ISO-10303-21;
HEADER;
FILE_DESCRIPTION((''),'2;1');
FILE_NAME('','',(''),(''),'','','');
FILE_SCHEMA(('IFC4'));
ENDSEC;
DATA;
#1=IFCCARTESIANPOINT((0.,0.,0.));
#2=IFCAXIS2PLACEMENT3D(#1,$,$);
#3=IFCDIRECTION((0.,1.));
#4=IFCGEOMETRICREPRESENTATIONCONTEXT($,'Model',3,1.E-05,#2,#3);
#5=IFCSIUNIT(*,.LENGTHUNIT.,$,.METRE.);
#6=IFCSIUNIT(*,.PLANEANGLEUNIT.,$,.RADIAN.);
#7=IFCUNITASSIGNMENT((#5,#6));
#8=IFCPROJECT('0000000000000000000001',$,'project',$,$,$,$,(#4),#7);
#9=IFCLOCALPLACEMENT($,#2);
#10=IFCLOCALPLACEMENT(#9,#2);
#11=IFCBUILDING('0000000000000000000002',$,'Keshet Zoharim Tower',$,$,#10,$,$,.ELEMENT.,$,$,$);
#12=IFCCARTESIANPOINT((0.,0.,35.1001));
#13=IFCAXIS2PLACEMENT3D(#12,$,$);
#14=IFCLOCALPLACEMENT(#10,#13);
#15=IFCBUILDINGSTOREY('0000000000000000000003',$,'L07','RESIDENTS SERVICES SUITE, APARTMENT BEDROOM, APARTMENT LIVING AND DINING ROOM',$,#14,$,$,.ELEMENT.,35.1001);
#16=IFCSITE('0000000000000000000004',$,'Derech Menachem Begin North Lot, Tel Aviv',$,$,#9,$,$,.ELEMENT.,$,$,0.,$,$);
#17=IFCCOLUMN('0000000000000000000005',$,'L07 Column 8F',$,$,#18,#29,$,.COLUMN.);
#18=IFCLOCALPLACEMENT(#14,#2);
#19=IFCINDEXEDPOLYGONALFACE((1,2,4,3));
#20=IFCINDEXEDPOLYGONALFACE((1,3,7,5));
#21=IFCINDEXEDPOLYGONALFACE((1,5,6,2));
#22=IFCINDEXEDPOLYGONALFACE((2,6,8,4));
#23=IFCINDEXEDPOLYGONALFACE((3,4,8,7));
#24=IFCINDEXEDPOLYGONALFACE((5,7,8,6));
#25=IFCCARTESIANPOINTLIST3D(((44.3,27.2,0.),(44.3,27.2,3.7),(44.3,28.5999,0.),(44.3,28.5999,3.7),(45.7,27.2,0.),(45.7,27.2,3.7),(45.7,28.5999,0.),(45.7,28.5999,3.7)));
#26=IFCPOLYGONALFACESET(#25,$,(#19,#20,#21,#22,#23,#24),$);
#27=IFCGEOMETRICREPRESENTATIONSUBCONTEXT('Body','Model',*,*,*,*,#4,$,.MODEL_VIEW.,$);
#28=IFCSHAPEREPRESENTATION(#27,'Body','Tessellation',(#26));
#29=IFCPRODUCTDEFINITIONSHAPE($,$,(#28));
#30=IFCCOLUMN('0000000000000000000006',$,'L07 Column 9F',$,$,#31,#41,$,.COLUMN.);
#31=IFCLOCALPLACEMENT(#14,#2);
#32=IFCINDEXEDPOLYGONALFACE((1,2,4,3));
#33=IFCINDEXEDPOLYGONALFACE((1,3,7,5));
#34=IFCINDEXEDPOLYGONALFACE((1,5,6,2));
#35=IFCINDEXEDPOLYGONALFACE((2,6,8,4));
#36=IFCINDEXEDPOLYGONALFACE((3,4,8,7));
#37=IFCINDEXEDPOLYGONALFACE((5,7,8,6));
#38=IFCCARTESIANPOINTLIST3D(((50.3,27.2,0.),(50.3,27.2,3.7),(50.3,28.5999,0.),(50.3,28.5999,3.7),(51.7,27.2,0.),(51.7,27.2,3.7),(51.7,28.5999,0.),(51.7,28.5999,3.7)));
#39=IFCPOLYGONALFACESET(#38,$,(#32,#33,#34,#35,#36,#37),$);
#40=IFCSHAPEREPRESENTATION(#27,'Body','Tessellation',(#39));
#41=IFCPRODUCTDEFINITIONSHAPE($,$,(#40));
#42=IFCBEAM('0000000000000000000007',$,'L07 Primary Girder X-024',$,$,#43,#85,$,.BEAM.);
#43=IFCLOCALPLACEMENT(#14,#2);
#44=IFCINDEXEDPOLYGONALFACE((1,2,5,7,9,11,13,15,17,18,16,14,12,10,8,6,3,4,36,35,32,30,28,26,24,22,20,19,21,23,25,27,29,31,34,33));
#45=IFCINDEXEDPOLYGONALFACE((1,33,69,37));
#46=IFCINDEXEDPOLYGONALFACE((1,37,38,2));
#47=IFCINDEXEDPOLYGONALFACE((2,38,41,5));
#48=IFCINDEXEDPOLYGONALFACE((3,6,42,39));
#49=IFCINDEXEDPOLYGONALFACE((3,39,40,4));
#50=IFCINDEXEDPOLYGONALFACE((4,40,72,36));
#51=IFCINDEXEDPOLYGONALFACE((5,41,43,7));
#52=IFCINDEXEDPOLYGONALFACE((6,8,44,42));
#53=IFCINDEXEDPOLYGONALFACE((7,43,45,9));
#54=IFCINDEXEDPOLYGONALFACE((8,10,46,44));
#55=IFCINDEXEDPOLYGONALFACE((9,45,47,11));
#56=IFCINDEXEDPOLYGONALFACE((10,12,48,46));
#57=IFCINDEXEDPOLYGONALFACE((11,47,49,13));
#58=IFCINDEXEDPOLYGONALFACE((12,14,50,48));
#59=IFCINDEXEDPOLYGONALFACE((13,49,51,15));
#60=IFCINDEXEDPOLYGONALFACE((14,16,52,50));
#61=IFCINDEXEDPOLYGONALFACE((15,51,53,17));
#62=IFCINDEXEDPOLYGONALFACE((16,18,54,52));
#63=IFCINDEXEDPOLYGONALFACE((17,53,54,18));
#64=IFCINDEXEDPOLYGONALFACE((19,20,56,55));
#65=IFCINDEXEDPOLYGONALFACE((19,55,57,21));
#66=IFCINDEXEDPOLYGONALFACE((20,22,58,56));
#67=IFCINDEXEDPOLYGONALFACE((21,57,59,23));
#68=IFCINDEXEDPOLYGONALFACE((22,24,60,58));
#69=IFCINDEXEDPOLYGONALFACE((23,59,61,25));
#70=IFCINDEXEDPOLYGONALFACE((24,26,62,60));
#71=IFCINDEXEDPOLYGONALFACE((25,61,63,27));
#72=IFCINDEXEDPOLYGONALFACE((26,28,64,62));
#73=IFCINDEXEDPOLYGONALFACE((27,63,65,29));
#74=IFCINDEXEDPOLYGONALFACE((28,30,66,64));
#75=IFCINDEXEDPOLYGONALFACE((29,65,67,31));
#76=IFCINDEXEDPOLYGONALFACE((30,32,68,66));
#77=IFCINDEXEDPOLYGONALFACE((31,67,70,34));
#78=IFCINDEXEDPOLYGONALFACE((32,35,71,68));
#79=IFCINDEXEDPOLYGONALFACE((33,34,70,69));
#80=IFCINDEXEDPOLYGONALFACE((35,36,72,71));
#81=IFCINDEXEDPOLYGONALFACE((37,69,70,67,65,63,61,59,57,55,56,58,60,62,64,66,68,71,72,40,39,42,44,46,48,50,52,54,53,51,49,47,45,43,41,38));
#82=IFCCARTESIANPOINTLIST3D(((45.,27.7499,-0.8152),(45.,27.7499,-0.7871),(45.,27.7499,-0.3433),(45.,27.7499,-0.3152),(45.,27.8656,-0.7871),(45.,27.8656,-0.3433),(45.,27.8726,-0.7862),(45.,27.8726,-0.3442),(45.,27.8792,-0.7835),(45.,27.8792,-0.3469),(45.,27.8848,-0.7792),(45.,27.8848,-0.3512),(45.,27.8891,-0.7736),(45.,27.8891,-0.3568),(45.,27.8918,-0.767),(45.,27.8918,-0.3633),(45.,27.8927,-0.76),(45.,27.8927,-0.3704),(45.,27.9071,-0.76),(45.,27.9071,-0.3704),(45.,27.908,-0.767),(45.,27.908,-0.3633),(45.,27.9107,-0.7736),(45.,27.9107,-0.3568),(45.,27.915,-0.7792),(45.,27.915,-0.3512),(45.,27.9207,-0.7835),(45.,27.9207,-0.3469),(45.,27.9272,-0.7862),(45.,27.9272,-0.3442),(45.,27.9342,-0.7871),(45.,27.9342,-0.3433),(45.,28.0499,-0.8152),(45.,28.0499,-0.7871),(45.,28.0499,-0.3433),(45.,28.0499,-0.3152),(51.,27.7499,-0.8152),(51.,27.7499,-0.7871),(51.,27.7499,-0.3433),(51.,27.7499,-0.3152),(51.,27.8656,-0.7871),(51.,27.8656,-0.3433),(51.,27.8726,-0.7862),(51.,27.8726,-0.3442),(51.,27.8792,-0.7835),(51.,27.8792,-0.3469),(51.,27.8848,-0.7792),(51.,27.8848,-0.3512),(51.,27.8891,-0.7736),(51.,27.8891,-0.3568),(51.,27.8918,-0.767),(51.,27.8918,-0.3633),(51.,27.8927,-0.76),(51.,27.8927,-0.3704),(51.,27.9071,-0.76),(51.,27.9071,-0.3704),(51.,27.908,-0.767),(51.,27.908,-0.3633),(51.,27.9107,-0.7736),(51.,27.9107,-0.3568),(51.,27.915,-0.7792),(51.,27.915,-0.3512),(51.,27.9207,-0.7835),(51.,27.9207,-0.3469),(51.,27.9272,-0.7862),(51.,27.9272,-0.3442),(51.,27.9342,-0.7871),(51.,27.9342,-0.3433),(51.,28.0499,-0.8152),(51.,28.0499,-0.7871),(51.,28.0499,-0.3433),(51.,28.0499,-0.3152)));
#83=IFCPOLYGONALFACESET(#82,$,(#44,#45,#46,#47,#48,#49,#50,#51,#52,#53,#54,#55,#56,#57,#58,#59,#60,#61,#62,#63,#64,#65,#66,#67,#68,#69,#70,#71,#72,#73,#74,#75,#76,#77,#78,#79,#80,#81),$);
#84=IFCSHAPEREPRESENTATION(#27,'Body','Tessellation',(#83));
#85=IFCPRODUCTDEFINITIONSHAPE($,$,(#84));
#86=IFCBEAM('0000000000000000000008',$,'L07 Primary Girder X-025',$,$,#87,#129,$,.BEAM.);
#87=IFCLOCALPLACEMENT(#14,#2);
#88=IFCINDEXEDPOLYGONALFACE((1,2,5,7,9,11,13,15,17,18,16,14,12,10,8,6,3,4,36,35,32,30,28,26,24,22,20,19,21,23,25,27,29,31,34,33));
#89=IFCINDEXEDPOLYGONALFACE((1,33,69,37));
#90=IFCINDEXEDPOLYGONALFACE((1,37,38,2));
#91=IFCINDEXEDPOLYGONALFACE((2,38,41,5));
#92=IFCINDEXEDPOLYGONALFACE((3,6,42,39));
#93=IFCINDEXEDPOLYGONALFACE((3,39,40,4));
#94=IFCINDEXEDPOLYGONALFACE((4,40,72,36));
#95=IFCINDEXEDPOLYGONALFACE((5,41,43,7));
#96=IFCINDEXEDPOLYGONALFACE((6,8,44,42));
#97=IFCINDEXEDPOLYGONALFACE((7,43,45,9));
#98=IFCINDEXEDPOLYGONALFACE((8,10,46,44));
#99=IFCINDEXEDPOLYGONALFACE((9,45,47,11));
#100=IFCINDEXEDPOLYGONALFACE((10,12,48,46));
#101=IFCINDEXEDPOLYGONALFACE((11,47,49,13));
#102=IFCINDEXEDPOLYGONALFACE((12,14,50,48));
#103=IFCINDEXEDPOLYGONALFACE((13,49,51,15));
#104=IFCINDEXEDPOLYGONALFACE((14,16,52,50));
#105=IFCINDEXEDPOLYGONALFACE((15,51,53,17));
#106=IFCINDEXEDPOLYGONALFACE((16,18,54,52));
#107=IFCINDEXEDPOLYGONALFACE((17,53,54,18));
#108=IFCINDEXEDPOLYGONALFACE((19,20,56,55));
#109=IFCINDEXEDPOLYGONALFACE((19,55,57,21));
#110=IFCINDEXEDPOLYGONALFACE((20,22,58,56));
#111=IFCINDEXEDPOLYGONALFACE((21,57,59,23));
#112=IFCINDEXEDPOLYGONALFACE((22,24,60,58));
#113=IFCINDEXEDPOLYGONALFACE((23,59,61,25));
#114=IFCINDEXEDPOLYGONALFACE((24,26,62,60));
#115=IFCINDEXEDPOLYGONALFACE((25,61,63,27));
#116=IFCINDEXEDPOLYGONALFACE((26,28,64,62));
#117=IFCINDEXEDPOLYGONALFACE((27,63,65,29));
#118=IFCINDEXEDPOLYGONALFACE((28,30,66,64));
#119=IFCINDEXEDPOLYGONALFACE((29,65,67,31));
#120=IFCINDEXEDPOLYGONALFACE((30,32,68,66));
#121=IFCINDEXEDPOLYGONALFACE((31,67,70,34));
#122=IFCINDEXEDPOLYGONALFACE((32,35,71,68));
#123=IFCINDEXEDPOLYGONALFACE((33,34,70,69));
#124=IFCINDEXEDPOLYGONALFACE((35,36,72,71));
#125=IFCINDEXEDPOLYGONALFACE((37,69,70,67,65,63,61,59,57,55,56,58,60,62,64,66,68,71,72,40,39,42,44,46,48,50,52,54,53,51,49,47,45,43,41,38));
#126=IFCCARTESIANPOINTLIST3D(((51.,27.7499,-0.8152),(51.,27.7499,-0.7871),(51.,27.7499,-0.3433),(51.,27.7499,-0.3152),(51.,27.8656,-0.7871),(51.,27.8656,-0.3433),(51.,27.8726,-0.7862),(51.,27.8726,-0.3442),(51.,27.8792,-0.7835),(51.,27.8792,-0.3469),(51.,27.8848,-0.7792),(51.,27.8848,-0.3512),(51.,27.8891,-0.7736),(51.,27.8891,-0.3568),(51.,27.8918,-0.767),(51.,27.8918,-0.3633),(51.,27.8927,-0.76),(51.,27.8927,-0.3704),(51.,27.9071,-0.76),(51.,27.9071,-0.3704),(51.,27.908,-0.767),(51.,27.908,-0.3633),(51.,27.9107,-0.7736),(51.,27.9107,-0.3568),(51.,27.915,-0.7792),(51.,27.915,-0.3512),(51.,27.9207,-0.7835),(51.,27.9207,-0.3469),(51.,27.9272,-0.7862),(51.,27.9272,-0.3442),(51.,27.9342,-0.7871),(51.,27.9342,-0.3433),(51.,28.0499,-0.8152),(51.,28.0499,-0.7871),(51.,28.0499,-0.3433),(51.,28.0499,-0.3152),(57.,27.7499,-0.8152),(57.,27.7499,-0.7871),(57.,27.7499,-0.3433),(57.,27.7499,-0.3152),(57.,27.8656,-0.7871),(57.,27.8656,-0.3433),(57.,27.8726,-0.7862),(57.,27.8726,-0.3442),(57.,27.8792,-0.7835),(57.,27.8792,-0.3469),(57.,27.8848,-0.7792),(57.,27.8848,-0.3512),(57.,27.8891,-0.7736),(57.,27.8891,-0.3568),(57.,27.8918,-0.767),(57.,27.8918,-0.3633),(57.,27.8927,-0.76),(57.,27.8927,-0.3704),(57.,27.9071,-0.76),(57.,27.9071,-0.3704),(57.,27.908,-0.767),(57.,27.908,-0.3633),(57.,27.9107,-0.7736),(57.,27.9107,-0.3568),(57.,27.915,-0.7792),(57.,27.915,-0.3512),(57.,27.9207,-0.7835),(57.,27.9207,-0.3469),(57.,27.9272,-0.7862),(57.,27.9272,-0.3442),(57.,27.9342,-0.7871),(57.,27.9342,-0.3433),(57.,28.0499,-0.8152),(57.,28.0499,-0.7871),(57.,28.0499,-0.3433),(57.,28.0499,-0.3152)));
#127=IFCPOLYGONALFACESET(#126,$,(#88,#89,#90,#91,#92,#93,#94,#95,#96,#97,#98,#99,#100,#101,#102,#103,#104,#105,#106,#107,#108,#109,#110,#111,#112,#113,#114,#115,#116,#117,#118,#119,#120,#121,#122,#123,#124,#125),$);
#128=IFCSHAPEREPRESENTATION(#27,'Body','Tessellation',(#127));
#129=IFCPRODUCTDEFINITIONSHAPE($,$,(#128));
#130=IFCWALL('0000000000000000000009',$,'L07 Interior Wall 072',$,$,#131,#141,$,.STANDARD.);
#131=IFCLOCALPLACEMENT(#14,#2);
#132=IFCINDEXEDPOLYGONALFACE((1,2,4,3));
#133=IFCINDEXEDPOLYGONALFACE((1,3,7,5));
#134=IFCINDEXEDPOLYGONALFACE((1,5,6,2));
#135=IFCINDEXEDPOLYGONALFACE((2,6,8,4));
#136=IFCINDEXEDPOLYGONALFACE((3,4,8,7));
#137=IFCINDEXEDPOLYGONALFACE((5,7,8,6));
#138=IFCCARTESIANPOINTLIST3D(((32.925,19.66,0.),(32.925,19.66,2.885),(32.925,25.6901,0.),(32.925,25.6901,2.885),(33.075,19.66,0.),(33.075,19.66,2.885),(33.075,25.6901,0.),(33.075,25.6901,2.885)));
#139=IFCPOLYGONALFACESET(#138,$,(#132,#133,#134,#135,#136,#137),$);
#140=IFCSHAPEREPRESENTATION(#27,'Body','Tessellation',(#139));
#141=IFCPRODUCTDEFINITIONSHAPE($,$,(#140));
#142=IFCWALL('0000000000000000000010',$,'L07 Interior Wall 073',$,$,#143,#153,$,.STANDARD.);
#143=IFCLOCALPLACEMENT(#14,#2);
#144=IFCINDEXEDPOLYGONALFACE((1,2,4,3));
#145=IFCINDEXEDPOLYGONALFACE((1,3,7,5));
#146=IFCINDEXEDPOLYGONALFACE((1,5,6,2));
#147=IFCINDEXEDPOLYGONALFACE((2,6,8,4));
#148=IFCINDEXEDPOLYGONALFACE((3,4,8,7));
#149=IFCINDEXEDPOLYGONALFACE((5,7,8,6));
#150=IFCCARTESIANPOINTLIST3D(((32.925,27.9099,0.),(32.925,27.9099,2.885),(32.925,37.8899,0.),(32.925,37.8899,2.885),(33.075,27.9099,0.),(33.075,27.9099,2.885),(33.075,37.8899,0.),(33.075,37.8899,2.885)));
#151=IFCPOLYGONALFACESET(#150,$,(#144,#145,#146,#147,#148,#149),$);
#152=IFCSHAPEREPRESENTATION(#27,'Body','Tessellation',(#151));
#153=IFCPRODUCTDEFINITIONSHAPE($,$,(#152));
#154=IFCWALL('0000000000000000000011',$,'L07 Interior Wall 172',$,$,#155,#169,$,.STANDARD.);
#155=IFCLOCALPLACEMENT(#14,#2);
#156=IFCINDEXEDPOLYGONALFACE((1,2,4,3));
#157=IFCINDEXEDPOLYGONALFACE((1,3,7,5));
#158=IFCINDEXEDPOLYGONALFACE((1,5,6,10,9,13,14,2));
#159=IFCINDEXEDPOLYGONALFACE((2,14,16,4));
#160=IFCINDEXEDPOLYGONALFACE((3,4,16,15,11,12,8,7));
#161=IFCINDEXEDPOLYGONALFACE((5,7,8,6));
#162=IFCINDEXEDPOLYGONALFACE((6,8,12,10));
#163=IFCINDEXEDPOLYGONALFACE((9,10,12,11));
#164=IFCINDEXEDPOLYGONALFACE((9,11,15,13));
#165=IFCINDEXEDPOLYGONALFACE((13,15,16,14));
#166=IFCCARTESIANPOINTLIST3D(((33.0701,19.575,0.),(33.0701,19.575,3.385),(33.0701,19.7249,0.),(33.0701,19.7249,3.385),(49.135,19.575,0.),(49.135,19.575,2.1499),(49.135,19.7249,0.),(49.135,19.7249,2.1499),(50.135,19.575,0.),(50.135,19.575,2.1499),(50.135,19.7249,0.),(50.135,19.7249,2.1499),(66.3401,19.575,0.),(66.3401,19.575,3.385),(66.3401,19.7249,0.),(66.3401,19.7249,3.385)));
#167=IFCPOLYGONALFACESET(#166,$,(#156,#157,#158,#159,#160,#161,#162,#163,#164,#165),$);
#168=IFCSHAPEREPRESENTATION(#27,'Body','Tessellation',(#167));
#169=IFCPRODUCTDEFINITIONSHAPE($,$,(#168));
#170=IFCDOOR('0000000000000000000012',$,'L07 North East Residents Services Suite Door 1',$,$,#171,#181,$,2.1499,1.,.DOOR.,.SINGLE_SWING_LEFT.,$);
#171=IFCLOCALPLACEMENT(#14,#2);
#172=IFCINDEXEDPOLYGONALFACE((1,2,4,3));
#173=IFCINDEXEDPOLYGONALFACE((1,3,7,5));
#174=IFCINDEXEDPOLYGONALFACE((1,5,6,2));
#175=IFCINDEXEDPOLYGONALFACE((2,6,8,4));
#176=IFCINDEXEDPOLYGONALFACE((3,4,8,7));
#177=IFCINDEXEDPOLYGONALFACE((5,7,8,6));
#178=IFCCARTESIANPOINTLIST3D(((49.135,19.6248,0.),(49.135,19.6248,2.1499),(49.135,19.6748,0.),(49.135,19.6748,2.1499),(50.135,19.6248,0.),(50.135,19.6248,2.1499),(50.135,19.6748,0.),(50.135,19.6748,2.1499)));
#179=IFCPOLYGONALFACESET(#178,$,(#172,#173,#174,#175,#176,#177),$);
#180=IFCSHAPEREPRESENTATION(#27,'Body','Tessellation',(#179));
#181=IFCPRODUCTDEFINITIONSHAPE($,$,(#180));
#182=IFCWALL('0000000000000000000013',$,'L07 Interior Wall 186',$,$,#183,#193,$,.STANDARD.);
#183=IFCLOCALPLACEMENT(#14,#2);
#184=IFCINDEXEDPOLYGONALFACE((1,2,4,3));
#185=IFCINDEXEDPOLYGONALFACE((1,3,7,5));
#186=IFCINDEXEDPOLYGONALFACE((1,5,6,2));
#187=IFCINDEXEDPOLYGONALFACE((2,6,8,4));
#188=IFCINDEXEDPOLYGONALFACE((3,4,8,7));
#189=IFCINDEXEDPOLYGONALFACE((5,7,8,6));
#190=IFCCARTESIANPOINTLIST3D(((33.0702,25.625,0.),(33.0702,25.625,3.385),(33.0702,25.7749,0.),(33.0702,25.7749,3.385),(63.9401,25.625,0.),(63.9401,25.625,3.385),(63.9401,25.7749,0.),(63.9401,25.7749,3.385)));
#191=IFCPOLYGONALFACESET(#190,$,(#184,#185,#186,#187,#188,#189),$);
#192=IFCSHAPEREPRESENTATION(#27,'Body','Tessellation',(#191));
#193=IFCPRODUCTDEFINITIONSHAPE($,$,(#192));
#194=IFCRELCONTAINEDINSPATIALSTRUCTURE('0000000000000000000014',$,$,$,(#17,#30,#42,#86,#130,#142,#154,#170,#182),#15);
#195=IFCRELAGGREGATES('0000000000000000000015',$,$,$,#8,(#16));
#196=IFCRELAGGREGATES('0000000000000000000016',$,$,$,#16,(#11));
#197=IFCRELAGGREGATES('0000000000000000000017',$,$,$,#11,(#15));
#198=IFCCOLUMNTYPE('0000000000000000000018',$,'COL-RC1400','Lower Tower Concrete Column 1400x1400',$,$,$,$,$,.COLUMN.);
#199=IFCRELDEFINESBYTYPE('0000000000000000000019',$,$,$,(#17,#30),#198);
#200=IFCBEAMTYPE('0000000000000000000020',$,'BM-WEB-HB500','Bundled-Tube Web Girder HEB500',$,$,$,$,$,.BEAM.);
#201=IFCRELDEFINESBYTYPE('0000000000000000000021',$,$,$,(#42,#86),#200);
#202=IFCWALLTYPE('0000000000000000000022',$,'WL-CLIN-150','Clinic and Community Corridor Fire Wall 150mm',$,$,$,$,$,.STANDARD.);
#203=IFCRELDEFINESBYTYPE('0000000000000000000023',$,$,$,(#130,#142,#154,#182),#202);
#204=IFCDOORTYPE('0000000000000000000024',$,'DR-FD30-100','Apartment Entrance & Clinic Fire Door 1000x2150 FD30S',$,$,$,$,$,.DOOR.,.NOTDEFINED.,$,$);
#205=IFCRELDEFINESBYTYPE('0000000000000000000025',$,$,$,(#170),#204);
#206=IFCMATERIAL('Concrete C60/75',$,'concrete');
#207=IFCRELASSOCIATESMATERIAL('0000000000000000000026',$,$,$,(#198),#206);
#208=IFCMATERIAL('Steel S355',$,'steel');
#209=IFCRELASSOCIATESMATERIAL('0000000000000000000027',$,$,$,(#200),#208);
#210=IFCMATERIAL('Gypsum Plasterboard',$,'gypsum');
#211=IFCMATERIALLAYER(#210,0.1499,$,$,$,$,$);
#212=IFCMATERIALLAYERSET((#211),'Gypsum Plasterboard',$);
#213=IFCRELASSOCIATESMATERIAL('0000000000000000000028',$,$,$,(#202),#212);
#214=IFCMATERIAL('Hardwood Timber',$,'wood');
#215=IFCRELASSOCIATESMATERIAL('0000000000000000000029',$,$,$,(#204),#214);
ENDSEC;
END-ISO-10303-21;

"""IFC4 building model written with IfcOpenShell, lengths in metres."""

from ifc_helpers import new_model, si_unit, direction, frame, frame_2d, origin, origin_2d, place, context, subcontext, project, spatial, rectangle, i_section, extrude, material, layer, layer_set, material_profile, profile_set, type_object, element, fill, save


model = new_model("IFC4")

# Units and contexts
model_context = context("Model", 3, precision=1e-05, world=origin(), true_north=direction((0.0, 1.0)))
body_context = subcontext(model_context, "Body", "Model", "MODEL_VIEW")
ifc_project = project(units=[si_unit("LENGTHUNIT", "METRE"), si_unit("PLANEANGLEUNIT", "RADIAN")], contexts=[model_context])

# Site, building, storey
site_placement = place(None, origin())
site = spatial("IfcSite", under=ifc_project, at=site_placement, Name="Derech Menachem Begin North Lot, Tel Aviv", CompositionType="ELEMENT", RefElevation=0.0)
building_placement = place(site_placement, origin())
building = spatial("IfcBuilding", under=site, at=building_placement, Name="Keshet Zoharim Tower", CompositionType="ELEMENT")
storey_placement = place(building_placement, frame((0.0, 0.0, 35.1001)))
storey = spatial("IfcBuildingStorey", under=building, at=storey_placement, Name="L07", Description="RESIDENTS SERVICES SUITE, APARTMENT BEDROOM, APARTMENT LIVING AND DINING ROOM", CompositionType="ELEMENT", Elevation=35.1001)

# Columns
ifc_material_1 = material(Name="Concrete C60/75", Category="concrete")
ifc_material_profile_1 = material_profile(ifc_material_1, rectangle(XDim=1.3999, YDim=1.3999, at=origin_2d()), Name="RC1400x1400")
ifc_profile_set_1 = profile_set([ifc_material_profile_1], Name="Concrete C60/75")
column_type = type_object("IfcColumnType", Name="COL-RC1400", Description="Lower Tower Concrete Column 1400x1400", PredefinedType="COLUMN", material=ifc_profile_set_1)
for number, where, z_axis, x_axis, name in (
    (1, (45.0, 27.8999, 0.0), (0.0, 0.0, 1.0), (1.0, 0.0, 0.0), "L07 Column 8F"),
    (2, (51.0, 27.8999, 0.0), (0.0, 0.0, 1.0), (1.0, 0.0, 0.0), "L07 Column 9F"),
):
    element("IfcColumn", number, at=place(storey_placement, frame(where, z_axis=z_axis, x_axis=x_axis)), inside=storey, type_object=column_type, Name=name, PredefinedType="COLUMN", context=body_context, shape_type="SweptSolid", body=[
        extrude(rectangle(XDim=1.3999, YDim=1.3999, at=origin_2d()), origin(), (0.0, 0.0, 1.0), 3.7),
    ])

# Beams
ifc_material_2 = material(Name="Steel S355", Category="steel")
ifc_material_profile_2 = material_profile(ifc_material_2, i_section(OverallWidth=0.3, OverallDepth=0.5, WebThickness=0.0144, FlangeThickness=0.0281, FilletRadius=0.0271, at=origin_2d()), Name="HEB500")
ifc_profile_set_2 = profile_set([ifc_material_profile_2], Name="Steel S355")
beam_type = type_object("IfcBeamType", Name="BM-WEB-HB500", Description="Bundled-Tube Web Girder HEB500", PredefinedType="BEAM", material=ifc_profile_set_2)
for number, where, z_axis, x_axis, name in (
    (3, (45.0, 27.8999, -0.5652), (1.0, 0.0, 0.0), (0.0, 1.0, 0.0), "L07 Primary Girder X-024"),
    (4, (51.0, 27.8999, -0.5652), (1.0, 0.0, 0.0), (0.0, 1.0, 0.0), "L07 Primary Girder X-025"),
):
    element("IfcBeam", number, at=place(storey_placement, frame(where, z_axis=z_axis, x_axis=x_axis)), inside=storey, type_object=beam_type, Name=name, PredefinedType="BEAM", context=body_context, shape_type="SweptSolid", body=[
        extrude(i_section(OverallWidth=0.3, OverallDepth=0.5, WebThickness=0.0144, FlangeThickness=0.0281, FilletRadius=0.0271, at=origin_2d()), origin(), (0.0, 0.0, 1.0), 6.0),
    ])

# Walls
ifc_material_3 = material(Name="Gypsum Plasterboard", Category="gypsum")
ifc_layer_1 = layer(ifc_material_3, 0.1499)
ifc_layer_set_1 = layer_set([ifc_layer_1], Name="Gypsum Plasterboard")
wall_type_1 = type_object("IfcWallType", Name="WL-CLIN-150", Description="Clinic and Community Corridor Fire Wall 150mm", PredefinedType="STANDARD", material=ifc_layer_set_1)
wall_1_placement = place(storey_placement, frame((33.0, 19.6599, 0.0), z_axis=(0.0, 0.0, 1.0), x_axis=(0.0, 1.0, 0.0)))
element("IfcWall", 5, at=wall_1_placement, inside=storey, type_object=wall_type_1, Name="L07 Interior Wall 072", PredefinedType="STANDARD", context=body_context, shape_type="SweptSolid", body=[
    extrude(rectangle(XDim=6.03, YDim=0.1499, at=frame_2d((3.0151, 0.0))), origin(), (0.0, 0.0, 1.0), 2.885),
])
wall_2_placement = place(storey_placement, frame((33.0, 27.9099, 0.0), z_axis=(0.0, 0.0, 1.0), x_axis=(0.0, 1.0, 0.0)))
element("IfcWall", 6, at=wall_2_placement, inside=storey, type_object=wall_type_1, Name="L07 Interior Wall 073", PredefinedType="STANDARD", context=body_context, shape_type="SweptSolid", body=[
    extrude(rectangle(XDim=9.98, YDim=0.1499, at=frame_2d((4.99, 0.0))), origin(), (0.0, 0.0, 1.0), 2.885),
])

# Wall, opening, door
wall_3_placement = place(storey_placement, frame((33.0701, 19.6499, 0.0), z_axis=(0.0, 0.0, 1.0), x_axis=(1.0, 0.0, 0.0)))
wall_3 = element("IfcWall", 7, at=wall_3_placement, inside=storey, type_object=wall_type_1, Name="L07 Interior Wall 172", PredefinedType="STANDARD", context=body_context, shape_type="SweptSolid", body=[
    extrude(rectangle(XDim=33.27, YDim=0.1499, at=frame_2d((16.635, 0.0))), origin(), (0.0, 0.0, 1.0), 3.385),
])
opening_1_placement = place(wall_3_placement, frame((16.0649, 0.0, 0.0)))
opening_1 = element("IfcOpeningElement", 8, at=opening_1_placement, cuts=wall_3, PredefinedType="OPENING", context=body_context, shape_type="SweptSolid", body=[
    extrude(rectangle(XDim=1.0, YDim=2.1499, at=frame_2d((0.5, 1.075))), frame((0.0, 0.085, 0.0), z_axis=(0.0, -1.0, 0.0), x_axis=(1.0, 0.0, 0.0)), (0.0, 0.0, 1.0), 0.1699),
])
ifc_material_4 = material(Name="Hardwood Timber", Category="wood")
door_type = type_object("IfcDoorType", Name="DR-FD30-100", Description="Apartment Entrance & Clinic Fire Door 1000x2150 FD30S", OperationType="NOTDEFINED", PredefinedType="DOOR", material=ifc_material_4)
door_1_placement = place(opening_1_placement, origin())
door_1 = element("IfcDoor", 9, at=door_1_placement, inside=storey, type_object=door_type, Name="L07 North East Residents Services Suite Door 1", OperationType="SINGLE_SWING_LEFT", OverallHeight=2.1499, OverallWidth=1.0, PredefinedType="DOOR", context=body_context, shape_type="SweptSolid", body=[
    extrude(rectangle(XDim=1.0, YDim=2.1499, at=frame_2d((0.5, 1.075))), frame((0.0, 0.0249, 0.0), z_axis=(0.0, -1.0, 0.0), x_axis=(1.0, 0.0, 0.0)), (0.0, 0.0, 1.0), 0.05),
])
fill(opening_1, door_1)

# Wall
wall_4_placement = place(storey_placement, frame((33.0701, 25.7, 0.0), z_axis=(0.0, 0.0, 1.0), x_axis=(1.0, 0.0, 0.0)))
element("IfcWall", 10, at=wall_4_placement, inside=storey, type_object=wall_type_1, Name="L07 Interior Wall 186", PredefinedType="STANDARD", context=body_context, shape_type="SweptSolid", body=[
    extrude(rectangle(XDim=30.8699, YDim=0.1499, at=frame_2d((15.4351, 0.0))), origin(), (0.0, 0.0, 1.0), 3.385),
])

save(model, "model.ifc")
